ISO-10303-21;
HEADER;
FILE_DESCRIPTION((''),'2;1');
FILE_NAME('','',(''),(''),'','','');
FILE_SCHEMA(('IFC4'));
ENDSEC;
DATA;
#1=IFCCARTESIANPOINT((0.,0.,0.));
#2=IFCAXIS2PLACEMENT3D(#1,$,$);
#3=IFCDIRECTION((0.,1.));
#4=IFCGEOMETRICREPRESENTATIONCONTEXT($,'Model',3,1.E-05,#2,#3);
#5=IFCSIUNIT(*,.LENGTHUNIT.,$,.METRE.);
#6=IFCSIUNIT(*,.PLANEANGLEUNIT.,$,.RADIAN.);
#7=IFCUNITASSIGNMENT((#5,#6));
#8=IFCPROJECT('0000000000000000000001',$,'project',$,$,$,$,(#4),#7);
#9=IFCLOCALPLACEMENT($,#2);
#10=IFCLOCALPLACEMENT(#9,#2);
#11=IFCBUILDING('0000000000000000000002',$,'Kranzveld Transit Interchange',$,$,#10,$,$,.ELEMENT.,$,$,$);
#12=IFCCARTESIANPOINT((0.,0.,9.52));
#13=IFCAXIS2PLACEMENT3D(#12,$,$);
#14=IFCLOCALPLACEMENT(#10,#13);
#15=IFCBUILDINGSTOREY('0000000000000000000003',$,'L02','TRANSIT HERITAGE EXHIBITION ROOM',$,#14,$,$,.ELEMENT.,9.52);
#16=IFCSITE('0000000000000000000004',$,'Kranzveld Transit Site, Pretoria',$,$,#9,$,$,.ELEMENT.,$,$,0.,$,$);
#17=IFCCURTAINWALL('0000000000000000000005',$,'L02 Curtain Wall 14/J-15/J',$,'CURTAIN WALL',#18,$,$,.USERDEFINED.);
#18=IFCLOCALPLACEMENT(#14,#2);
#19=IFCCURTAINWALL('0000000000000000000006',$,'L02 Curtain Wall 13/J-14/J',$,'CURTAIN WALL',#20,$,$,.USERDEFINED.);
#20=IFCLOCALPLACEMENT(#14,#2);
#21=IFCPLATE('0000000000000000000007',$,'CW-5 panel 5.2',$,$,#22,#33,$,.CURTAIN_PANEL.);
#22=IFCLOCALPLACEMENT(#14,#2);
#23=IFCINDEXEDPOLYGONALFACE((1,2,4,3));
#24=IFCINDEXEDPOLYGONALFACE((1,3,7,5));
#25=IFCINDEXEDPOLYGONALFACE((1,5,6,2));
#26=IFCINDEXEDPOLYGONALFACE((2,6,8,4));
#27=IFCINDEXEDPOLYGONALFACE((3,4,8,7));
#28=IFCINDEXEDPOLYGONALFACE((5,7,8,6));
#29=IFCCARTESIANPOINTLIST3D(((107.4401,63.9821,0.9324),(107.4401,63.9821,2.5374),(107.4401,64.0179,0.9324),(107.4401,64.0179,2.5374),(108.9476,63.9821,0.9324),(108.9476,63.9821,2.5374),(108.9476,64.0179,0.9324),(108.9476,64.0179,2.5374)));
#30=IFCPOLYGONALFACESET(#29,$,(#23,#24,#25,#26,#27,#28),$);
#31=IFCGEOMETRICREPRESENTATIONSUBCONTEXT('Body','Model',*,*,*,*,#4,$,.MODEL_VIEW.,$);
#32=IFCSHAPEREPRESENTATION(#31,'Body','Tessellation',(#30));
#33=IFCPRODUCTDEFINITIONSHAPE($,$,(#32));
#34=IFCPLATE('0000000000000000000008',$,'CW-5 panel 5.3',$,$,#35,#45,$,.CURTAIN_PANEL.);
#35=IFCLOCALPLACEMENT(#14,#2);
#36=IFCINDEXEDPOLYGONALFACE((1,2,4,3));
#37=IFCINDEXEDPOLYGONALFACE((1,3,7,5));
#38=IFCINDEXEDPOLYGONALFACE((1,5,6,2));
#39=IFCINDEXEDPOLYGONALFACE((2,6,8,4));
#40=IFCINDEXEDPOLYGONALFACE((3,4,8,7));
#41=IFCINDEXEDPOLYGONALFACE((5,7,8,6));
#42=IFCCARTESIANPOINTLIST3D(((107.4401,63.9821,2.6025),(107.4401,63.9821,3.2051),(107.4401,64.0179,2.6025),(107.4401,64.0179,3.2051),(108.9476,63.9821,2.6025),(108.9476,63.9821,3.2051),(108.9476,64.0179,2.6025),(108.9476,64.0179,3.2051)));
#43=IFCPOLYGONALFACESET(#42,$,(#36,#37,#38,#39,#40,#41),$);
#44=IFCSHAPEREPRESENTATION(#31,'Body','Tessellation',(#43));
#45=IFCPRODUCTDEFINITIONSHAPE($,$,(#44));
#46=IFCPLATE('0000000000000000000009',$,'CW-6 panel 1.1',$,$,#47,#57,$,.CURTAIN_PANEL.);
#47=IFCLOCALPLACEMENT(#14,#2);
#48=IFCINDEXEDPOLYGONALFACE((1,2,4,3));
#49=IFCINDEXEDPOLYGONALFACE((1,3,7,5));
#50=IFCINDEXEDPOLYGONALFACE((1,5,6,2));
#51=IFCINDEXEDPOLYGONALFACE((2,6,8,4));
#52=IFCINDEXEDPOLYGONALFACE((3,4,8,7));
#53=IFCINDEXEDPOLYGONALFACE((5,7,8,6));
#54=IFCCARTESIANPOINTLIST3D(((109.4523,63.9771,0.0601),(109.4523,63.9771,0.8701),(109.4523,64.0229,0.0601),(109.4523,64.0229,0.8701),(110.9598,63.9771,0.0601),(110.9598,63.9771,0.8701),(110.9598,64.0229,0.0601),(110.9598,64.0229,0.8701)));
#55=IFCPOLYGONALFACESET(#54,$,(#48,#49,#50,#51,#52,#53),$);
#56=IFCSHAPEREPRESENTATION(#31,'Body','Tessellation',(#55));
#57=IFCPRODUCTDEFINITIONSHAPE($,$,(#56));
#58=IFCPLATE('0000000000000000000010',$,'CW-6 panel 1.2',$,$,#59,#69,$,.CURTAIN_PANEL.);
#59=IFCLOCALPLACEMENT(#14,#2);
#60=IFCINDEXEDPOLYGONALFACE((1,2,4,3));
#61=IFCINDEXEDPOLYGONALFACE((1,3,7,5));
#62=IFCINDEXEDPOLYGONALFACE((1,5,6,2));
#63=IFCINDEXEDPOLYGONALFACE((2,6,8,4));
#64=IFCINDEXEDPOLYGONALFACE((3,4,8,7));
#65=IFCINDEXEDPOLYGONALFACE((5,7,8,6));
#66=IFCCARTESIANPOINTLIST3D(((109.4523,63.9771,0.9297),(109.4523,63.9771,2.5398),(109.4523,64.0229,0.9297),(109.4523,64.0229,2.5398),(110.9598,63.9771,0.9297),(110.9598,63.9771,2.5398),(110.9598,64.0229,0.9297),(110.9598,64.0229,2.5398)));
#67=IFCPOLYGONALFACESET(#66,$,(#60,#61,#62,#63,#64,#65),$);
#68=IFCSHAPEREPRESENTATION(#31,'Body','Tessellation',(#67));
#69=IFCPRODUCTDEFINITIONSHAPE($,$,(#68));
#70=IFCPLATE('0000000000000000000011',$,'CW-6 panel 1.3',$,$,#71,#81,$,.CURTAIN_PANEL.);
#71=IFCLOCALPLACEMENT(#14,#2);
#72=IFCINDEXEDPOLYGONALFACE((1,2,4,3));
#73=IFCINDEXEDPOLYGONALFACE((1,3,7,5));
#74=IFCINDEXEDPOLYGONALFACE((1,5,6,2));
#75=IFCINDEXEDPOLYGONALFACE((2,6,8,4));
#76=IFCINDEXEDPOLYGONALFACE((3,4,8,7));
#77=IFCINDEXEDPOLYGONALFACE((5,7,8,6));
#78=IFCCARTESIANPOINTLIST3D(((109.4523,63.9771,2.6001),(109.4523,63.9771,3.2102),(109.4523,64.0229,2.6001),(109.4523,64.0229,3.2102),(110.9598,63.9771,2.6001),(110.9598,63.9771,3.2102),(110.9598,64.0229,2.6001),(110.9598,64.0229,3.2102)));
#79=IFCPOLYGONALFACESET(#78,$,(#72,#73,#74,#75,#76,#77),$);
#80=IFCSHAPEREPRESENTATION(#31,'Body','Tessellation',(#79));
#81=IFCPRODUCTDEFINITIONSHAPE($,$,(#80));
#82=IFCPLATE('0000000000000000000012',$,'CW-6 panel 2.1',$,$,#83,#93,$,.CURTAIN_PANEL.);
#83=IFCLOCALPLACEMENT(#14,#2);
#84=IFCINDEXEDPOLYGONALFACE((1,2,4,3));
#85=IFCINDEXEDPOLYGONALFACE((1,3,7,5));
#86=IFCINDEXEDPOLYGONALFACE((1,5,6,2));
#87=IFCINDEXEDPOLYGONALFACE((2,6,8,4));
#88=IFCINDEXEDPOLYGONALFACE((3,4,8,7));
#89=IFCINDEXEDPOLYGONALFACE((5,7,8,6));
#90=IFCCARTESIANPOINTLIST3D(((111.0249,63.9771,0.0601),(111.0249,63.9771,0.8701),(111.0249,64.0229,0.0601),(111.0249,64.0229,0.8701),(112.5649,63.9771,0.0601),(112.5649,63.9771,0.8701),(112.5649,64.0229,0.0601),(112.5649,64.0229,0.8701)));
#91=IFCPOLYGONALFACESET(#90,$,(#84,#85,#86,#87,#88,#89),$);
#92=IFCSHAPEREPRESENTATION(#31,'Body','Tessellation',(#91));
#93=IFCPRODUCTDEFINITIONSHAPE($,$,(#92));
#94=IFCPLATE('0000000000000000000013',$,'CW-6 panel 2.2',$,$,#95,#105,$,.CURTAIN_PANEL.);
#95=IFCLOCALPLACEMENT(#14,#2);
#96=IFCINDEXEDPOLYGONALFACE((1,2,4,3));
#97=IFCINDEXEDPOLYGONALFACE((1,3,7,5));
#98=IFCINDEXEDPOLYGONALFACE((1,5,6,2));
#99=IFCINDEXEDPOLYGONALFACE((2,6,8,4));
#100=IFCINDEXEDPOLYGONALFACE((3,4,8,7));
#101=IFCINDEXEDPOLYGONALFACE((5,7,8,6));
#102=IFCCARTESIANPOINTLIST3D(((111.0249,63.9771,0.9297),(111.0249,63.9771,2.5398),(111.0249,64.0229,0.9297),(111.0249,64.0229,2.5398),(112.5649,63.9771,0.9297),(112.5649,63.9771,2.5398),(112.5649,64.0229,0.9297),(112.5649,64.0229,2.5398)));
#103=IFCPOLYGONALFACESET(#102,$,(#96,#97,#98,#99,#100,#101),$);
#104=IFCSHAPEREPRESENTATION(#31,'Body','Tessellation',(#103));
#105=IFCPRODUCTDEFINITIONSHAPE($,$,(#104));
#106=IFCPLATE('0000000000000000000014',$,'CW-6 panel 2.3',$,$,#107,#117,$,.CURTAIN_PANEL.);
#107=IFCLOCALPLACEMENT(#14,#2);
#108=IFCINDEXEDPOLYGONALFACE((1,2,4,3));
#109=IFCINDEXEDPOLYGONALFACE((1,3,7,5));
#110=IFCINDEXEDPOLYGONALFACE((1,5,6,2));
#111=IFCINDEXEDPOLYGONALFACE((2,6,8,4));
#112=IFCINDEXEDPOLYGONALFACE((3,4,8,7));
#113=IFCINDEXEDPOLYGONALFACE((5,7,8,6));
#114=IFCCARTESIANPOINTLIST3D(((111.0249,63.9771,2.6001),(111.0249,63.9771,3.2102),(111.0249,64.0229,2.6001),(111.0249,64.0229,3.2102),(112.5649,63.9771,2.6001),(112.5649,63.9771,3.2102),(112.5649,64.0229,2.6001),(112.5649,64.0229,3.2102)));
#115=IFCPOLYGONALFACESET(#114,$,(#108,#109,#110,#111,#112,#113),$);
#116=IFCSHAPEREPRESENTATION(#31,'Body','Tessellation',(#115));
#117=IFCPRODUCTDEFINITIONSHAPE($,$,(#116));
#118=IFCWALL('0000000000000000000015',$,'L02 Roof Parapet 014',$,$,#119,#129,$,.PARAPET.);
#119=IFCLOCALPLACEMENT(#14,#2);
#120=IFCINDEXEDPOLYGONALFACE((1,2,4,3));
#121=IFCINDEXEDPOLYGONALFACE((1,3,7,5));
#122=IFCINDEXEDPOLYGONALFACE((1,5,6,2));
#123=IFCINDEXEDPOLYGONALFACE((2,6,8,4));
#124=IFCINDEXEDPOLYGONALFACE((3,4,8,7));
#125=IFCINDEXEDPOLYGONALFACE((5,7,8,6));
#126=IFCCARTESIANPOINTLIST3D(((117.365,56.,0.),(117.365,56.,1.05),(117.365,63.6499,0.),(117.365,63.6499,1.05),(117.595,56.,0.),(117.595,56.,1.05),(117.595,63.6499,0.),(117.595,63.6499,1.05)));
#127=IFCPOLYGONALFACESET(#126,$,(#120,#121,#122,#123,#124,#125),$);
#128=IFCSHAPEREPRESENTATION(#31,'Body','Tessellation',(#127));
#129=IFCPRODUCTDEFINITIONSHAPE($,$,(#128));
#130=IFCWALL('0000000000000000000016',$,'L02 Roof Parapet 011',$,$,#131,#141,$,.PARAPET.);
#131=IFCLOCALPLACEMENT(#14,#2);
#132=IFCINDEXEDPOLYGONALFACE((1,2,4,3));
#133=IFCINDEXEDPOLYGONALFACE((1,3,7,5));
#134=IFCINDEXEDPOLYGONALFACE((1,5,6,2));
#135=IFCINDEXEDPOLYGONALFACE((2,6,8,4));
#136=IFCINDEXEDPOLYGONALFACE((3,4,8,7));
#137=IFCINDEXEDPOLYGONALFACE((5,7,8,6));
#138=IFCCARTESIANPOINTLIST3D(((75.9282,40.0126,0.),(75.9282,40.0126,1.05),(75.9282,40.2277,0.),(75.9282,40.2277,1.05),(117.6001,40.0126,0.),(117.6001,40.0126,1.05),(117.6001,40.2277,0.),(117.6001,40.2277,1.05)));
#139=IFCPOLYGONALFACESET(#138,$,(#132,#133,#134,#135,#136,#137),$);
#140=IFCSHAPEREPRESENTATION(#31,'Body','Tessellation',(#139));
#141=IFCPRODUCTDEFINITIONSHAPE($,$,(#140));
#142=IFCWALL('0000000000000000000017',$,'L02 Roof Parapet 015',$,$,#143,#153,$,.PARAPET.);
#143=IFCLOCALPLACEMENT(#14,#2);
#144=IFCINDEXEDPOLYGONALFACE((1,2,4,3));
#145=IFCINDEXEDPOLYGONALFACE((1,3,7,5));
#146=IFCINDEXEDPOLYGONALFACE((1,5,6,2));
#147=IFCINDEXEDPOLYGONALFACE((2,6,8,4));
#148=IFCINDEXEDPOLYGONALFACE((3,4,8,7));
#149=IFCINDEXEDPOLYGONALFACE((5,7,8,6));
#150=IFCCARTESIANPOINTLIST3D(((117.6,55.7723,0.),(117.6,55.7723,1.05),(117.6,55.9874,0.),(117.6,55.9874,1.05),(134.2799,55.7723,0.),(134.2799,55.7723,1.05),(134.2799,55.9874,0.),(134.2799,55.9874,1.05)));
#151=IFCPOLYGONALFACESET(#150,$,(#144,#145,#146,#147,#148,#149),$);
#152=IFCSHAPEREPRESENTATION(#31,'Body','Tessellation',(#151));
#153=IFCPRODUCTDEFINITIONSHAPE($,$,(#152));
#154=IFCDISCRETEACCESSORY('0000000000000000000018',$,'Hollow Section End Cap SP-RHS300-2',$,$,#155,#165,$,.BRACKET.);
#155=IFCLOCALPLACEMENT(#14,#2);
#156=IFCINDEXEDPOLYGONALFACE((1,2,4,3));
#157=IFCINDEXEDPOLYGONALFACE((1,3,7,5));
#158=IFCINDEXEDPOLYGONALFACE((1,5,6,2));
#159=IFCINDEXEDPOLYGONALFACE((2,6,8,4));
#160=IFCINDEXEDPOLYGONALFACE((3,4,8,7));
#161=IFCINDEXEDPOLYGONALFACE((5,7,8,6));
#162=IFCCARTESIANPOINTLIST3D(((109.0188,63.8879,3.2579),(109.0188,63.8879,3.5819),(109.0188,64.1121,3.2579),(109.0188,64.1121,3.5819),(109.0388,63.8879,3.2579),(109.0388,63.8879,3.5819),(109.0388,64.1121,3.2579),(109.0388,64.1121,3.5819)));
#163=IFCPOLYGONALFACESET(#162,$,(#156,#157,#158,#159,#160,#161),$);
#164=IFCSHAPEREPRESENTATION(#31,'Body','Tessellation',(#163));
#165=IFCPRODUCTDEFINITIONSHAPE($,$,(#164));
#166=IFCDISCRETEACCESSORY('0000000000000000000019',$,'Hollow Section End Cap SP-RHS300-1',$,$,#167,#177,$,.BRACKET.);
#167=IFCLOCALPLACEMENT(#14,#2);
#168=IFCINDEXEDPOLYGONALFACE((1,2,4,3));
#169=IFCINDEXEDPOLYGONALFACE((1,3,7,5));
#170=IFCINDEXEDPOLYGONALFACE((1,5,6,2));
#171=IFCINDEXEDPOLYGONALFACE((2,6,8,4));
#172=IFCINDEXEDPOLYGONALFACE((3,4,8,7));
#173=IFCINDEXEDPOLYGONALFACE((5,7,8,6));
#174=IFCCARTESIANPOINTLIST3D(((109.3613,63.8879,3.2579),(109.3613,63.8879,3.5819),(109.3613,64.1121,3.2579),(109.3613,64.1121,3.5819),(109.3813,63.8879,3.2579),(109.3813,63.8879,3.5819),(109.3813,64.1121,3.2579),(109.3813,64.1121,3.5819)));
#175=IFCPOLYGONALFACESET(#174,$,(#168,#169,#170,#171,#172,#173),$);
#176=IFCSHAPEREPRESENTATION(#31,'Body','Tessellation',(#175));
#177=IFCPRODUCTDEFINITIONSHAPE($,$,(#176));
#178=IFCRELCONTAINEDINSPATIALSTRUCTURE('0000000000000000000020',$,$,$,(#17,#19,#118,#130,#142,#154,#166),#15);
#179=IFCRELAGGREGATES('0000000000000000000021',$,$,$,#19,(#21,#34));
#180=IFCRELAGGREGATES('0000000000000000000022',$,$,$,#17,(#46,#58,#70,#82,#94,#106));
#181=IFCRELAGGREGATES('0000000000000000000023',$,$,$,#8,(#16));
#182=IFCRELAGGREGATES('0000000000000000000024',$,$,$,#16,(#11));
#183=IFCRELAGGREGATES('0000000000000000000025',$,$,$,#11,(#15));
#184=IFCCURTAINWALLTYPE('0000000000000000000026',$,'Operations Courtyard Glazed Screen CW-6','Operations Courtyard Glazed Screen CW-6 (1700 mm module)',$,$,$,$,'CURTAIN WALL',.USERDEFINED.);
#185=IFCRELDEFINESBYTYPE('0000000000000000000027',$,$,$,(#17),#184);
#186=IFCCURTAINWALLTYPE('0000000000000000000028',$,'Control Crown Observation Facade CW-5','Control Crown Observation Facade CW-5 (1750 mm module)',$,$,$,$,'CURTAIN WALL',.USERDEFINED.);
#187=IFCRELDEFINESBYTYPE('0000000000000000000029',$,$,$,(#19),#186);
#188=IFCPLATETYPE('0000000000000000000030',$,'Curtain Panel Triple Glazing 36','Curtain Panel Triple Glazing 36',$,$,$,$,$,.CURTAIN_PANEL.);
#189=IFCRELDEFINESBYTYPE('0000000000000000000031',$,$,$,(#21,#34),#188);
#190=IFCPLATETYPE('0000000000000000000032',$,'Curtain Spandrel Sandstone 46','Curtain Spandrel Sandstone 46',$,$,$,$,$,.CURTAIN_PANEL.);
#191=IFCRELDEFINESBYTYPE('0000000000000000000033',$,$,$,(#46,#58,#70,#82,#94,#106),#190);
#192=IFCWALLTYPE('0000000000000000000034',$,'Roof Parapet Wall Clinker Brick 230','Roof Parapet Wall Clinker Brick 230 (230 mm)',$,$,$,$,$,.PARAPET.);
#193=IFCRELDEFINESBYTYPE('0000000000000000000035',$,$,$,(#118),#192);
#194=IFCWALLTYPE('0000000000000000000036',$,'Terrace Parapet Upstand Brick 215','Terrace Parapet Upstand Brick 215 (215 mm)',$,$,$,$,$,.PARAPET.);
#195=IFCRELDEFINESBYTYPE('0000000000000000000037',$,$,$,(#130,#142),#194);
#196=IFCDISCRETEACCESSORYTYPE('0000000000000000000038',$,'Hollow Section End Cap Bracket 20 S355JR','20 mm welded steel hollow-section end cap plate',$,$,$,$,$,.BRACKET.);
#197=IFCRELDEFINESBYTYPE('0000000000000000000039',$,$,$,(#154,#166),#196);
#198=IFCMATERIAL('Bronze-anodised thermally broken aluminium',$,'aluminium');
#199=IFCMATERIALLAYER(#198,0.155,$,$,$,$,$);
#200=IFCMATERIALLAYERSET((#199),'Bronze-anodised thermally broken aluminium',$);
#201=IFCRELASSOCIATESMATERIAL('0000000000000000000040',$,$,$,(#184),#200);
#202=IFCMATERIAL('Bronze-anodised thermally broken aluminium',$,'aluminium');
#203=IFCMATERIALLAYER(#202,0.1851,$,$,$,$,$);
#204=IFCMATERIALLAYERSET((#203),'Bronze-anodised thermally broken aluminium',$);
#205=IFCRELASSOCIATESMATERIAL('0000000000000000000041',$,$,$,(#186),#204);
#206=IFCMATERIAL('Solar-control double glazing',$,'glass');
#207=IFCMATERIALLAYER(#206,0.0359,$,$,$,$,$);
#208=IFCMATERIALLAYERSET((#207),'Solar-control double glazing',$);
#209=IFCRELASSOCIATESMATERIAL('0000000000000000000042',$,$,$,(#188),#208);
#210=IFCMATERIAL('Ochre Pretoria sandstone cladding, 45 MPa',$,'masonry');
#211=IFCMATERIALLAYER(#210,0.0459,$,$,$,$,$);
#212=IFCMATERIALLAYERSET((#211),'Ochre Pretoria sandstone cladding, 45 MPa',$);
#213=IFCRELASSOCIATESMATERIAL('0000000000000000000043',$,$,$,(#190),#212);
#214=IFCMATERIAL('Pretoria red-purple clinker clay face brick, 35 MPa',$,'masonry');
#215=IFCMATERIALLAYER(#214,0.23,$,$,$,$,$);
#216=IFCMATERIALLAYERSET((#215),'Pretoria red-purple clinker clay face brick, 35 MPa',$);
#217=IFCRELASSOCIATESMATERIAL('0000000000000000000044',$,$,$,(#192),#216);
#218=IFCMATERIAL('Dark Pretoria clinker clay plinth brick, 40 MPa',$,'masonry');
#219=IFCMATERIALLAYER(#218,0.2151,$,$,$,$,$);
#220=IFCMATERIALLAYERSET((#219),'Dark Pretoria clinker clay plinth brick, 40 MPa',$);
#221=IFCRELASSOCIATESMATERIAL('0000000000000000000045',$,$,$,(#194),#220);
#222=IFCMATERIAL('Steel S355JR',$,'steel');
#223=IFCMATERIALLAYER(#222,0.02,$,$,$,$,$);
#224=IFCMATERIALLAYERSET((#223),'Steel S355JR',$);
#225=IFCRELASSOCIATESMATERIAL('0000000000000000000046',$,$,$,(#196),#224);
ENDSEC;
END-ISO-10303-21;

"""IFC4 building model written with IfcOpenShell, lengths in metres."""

from ifc_helpers import new_model, si_unit, direction, frame, frame_2d, origin, origin_2d, place, context, subcontext, project, spatial, rectangle, extrude, material, layer, layer_set, type_object, element, aggregate, save


model = new_model("IFC4")

# Units and contexts
model_context = context("Model", 3, precision=1e-05, world=origin(), true_north=direction((0.0, 1.0)))
body_context = subcontext(model_context, "Body", "Model", "MODEL_VIEW")
ifc_project = project(units=[si_unit("LENGTHUNIT", "METRE"), si_unit("PLANEANGLEUNIT", "RADIAN")], contexts=[model_context])

# Site, building, storey
site_placement = place(None, origin())
site = spatial("IfcSite", under=ifc_project, at=site_placement, Name="Kranzveld Transit Site, Pretoria", CompositionType="ELEMENT", RefElevation=0.0)
building_placement = place(site_placement, origin())
building = spatial("IfcBuilding", under=site, at=building_placement, Name="Kranzveld Transit Interchange", CompositionType="ELEMENT")
storey_placement = place(building_placement, frame((0.0, 0.0, 9.52)))
storey = spatial("IfcBuildingStorey", under=building, at=storey_placement, Name="L02", Description="TRANSIT HERITAGE EXHIBITION ROOM", CompositionType="ELEMENT", Elevation=9.52)

# Curtain walls
ifc_material_1 = material(Name="Bronze-anodised thermally broken aluminium", Category="aluminium")
ifc_layer_1 = layer(ifc_material_1, 0.155)
ifc_layer_set_1 = layer_set([ifc_layer_1], Name="Bronze-anodised thermally broken aluminium")
curtain_wall_type_1 = type_object("IfcCurtainWallType", Name="Operations Courtyard Glazed Screen CW-6", Description="Operations Courtyard Glazed Screen CW-6 (1700 mm module)", ElementType="CURTAIN WALL", PredefinedType="USERDEFINED", material=ifc_layer_set_1)
curtain_wall_1_placement = place(storey_placement, origin())
curtain_wall_1 = element("IfcCurtainWall", 1, at=curtain_wall_1_placement, inside=storey, type_object=curtain_wall_type_1, Name="L02 Curtain Wall 14/J-15/J", ObjectType="CURTAIN WALL", PredefinedType="USERDEFINED")
ifc_material_2 = material(Name="Bronze-anodised thermally broken aluminium", Category="aluminium")
ifc_layer_2 = layer(ifc_material_2, 0.1851)
ifc_layer_set_2 = layer_set([ifc_layer_2], Name="Bronze-anodised thermally broken aluminium")
curtain_wall_type_2 = type_object("IfcCurtainWallType", Name="Control Crown Observation Facade CW-5", Description="Control Crown Observation Facade CW-5 (1750 mm module)", ElementType="CURTAIN WALL", PredefinedType="USERDEFINED", material=ifc_layer_set_2)
curtain_wall_2_placement = place(storey_placement, origin())
curtain_wall_2 = element("IfcCurtainWall", 2, at=curtain_wall_2_placement, inside=storey, type_object=curtain_wall_type_2, Name="L02 Curtain Wall 13/J-14/J", ObjectType="CURTAIN WALL", PredefinedType="USERDEFINED")

# Plates
ifc_material_3 = material(Name="Solar-control double glazing", Category="glass")
ifc_layer_3 = layer(ifc_material_3, 0.0359)
ifc_layer_set_3 = layer_set([ifc_layer_3], Name="Solar-control double glazing")
plate_type_1 = type_object("IfcPlateType", Name="Curtain Panel Triple Glazing 36", Description="Curtain Panel Triple Glazing 36", PredefinedType="CURTAIN_PANEL", material=ifc_layer_set_3)
plate_1_placement = place(storey_placement, frame((108.1938, 64.0, 0.9324), z_axis=(0.0, 0.0, 1.0), x_axis=(1.0, 0.0, 0.0)))
plate_1 = element("IfcPlate", 3, at=plate_1_placement, type_object=plate_type_1, Name="CW-5 panel 5.2", PredefinedType="CURTAIN_PANEL", context=body_context, shape_type="SweptSolid", body=[
    extrude(rectangle(XDim=1.5076, YDim=0.0359, at=origin_2d()), origin(), (0.0, 0.0, 1.0), 1.605),
])
plate_2_placement = place(storey_placement, frame((108.1938, 64.0, 2.6025), z_axis=(0.0, 0.0, 1.0), x_axis=(1.0, 0.0, 0.0)))
plate_2 = element("IfcPlate", 4, at=plate_2_placement, type_object=plate_type_1, Name="CW-5 panel 5.3", PredefinedType="CURTAIN_PANEL", context=body_context, shape_type="SweptSolid", body=[
    extrude(rectangle(XDim=1.5076, YDim=0.0359, at=origin_2d()), origin(), (0.0, 0.0, 1.0), 0.6025),
])
aggregate(curtain_wall_2, [plate_1, plate_2])
ifc_material_4 = material(Name="Ochre Pretoria sandstone cladding, 45 MPa", Category="masonry")
ifc_layer_4 = layer(ifc_material_4, 0.0459)
ifc_layer_set_4 = layer_set([ifc_layer_4], Name="Ochre Pretoria sandstone cladding, 45 MPa")
plate_type_2 = type_object("IfcPlateType", Name="Curtain Spandrel Sandstone 46", Description="Curtain Spandrel Sandstone 46", PredefinedType="CURTAIN_PANEL", material=ifc_layer_set_4)
plate_3_placement = place(storey_placement, frame((110.2061, 64.0, 0.0601), z_axis=(0.0, 0.0, 1.0), x_axis=(1.0, 0.0, 0.0)))
plate_3 = element("IfcPlate", 5, at=plate_3_placement, type_object=plate_type_2, Name="CW-6 panel 1.1", PredefinedType="CURTAIN_PANEL", context=body_context, shape_type="SweptSolid", body=[
    extrude(rectangle(XDim=1.5076, YDim=0.0459, at=origin_2d()), origin(), (0.0, 0.0, 1.0), 0.8101),
])
plate_4_placement = place(storey_placement, frame((110.2061, 64.0, 0.9297), z_axis=(0.0, 0.0, 1.0), x_axis=(1.0, 0.0, 0.0)))
plate_4 = element("IfcPlate", 6, at=plate_4_placement, type_object=plate_type_2, Name="CW-6 panel 1.2", PredefinedType="CURTAIN_PANEL", context=body_context, shape_type="SweptSolid", body=[
    extrude(rectangle(XDim=1.5076, YDim=0.0459, at=origin_2d()), origin(), (0.0, 0.0, 1.0), 1.6101),
])
plate_5_placement = place(storey_placement, frame((110.2061, 64.0, 2.6001), z_axis=(0.0, 0.0, 1.0), x_axis=(1.0, 0.0, 0.0)))
plate_5 = element("IfcPlate", 7, at=plate_5_placement, type_object=plate_type_2, Name="CW-6 panel 1.3", PredefinedType="CURTAIN_PANEL", context=body_context, shape_type="SweptSolid", body=[
    extrude(rectangle(XDim=1.5076, YDim=0.0459, at=origin_2d()), origin(), (0.0, 0.0, 1.0), 0.6101),
])
plate_6_placement = place(storey_placement, frame((111.7949, 64.0, 0.0601), z_axis=(0.0, 0.0, 1.0), x_axis=(1.0, 0.0, 0.0)))
plate_6 = element("IfcPlate", 8, at=plate_6_placement, type_object=plate_type_2, Name="CW-6 panel 2.1", PredefinedType="CURTAIN_PANEL", context=body_context, shape_type="SweptSolid", body=[
    extrude(rectangle(XDim=1.54, YDim=0.0459, at=origin_2d()), origin(), (0.0, 0.0, 1.0), 0.8101),
])
plate_7_placement = place(storey_placement, frame((111.7949, 64.0, 0.9297), z_axis=(0.0, 0.0, 1.0), x_axis=(1.0, 0.0, 0.0)))
plate_7 = element("IfcPlate", 9, at=plate_7_placement, type_object=plate_type_2, Name="CW-6 panel 2.2", PredefinedType="CURTAIN_PANEL", context=body_context, shape_type="SweptSolid", body=[
    extrude(rectangle(XDim=1.54, YDim=0.0459, at=origin_2d()), origin(), (0.0, 0.0, 1.0), 1.6101),
])
plate_8_placement = place(storey_placement, frame((111.7949, 64.0, 2.6001), z_axis=(0.0, 0.0, 1.0), x_axis=(1.0, 0.0, 0.0)))
plate_8 = element("IfcPlate", 10, at=plate_8_placement, type_object=plate_type_2, Name="CW-6 panel 2.3", PredefinedType="CURTAIN_PANEL", context=body_context, shape_type="SweptSolid", body=[
    extrude(rectangle(XDim=1.54, YDim=0.0459, at=origin_2d()), origin(), (0.0, 0.0, 1.0), 0.6101),
])
aggregate(curtain_wall_1, [plate_3, plate_4, plate_5, plate_6, plate_7, plate_8])

# Walls
ifc_material_5 = material(Name="Pretoria red-purple clinker clay face brick, 35 MPa", Category="masonry")
ifc_layer_5 = layer(ifc_material_5, 0.23)
ifc_layer_set_5 = layer_set([ifc_layer_5], Name="Pretoria red-purple clinker clay face brick, 35 MPa")
wall_type_1 = type_object("IfcWallType", Name="Roof Parapet Wall Clinker Brick 230", Description="Roof Parapet Wall Clinker Brick 230 (230 mm)", PredefinedType="PARAPET", material=ifc_layer_set_5)
wall_1_placement = place(storey_placement, frame((117.48, 63.6499, 0.0), z_axis=(0.0, 0.0, 1.0), x_axis=(0.0, -1.0, 0.0)))
element("IfcWall", 11, at=wall_1_placement, inside=storey, type_object=wall_type_1, Name="L02 Roof Parapet 014", PredefinedType="PARAPET", context=body_context, shape_type="SweptSolid", body=[
    extrude(rectangle(XDim=7.6499, YDim=0.23, at=frame_2d((3.825, 0.0))), origin(), (0.0, 0.0, 1.0), 1.05),
])
ifc_material_6 = material(Name="Dark Pretoria clinker clay plinth brick, 40 MPa", Category="masonry")
ifc_layer_6 = layer(ifc_material_6, 0.2151)
ifc_layer_set_6 = layer_set([ifc_layer_6], Name="Dark Pretoria clinker clay plinth brick, 40 MPa")
wall_type_2 = type_object("IfcWallType", Name="Terrace Parapet Upstand Brick 215", Description="Terrace Parapet Upstand Brick 215 (215 mm)", PredefinedType="PARAPET", material=ifc_layer_set_6)
wall_2_placement = place(storey_placement, frame((117.6001, 40.1201, 0.0), z_axis=(0.0, 0.0, 1.0), x_axis=(-1.0, 0.0, 0.0)))
element("IfcWall", 12, at=wall_2_placement, inside=storey, type_object=wall_type_2, Name="L02 Roof Parapet 011", PredefinedType="PARAPET", context=body_context, shape_type="SweptSolid", body=[
    extrude(rectangle(XDim=41.6719, YDim=0.2151, at=frame_2d((20.8359, 0.0))), origin(), (0.0, 0.0, 1.0), 1.05),
])
wall_3_placement = place(storey_placement, frame((117.6001, 55.8799, 0.0), z_axis=(0.0, 0.0, 1.0), x_axis=(1.0, 0.0, 0.0)))
element("IfcWall", 13, at=wall_3_placement, inside=storey, type_object=wall_type_2, Name="L02 Roof Parapet 015", PredefinedType="PARAPET", context=body_context, shape_type="SweptSolid", body=[
    extrude(rectangle(XDim=16.6799, YDim=0.2151, at=frame_2d((8.3398, 0.0))), origin(), (0.0, 0.0, 1.0), 1.05),
])

# Discrete accessories
ifc_material_7 = material(Name="Steel S355JR", Category="steel")
ifc_layer_7 = layer(ifc_material_7, 0.02)
ifc_layer_set_7 = layer_set([ifc_layer_7], Name="Steel S355JR")
discrete_accessory_type = type_object("IfcDiscreteAccessoryType", Name="Hollow Section End Cap Bracket 20 S355JR", Description="20 mm welded steel hollow-section end cap plate", PredefinedType="BRACKET", material=ifc_layer_set_7)
for number, where, z_axis, x_axis, name in (
    (14, (109.0188, 64.0, 3.4199), (1.0, 0.0, 0.0), (0.0, 1.0, 0.0), "Hollow Section End Cap SP-RHS300-2"),
    (15, (109.3813, 64.0, 3.4199), (-1.0, 0.0, 0.0), (0.0, -1.0, 0.0), "Hollow Section End Cap SP-RHS300-1"),
):
    element("IfcDiscreteAccessory", number, at=place(storey_placement, frame(where, z_axis=z_axis, x_axis=x_axis)), inside=storey, type_object=discrete_accessory_type, Name=name, PredefinedType="BRACKET", context=body_context, shape_type="SweptSolid", body=[
        extrude(rectangle(XDim=0.2241, YDim=0.324, at=origin_2d()), origin(), (0.0, 0.0, 1.0), 0.02),
    ])

save(model, "model.ifc")
